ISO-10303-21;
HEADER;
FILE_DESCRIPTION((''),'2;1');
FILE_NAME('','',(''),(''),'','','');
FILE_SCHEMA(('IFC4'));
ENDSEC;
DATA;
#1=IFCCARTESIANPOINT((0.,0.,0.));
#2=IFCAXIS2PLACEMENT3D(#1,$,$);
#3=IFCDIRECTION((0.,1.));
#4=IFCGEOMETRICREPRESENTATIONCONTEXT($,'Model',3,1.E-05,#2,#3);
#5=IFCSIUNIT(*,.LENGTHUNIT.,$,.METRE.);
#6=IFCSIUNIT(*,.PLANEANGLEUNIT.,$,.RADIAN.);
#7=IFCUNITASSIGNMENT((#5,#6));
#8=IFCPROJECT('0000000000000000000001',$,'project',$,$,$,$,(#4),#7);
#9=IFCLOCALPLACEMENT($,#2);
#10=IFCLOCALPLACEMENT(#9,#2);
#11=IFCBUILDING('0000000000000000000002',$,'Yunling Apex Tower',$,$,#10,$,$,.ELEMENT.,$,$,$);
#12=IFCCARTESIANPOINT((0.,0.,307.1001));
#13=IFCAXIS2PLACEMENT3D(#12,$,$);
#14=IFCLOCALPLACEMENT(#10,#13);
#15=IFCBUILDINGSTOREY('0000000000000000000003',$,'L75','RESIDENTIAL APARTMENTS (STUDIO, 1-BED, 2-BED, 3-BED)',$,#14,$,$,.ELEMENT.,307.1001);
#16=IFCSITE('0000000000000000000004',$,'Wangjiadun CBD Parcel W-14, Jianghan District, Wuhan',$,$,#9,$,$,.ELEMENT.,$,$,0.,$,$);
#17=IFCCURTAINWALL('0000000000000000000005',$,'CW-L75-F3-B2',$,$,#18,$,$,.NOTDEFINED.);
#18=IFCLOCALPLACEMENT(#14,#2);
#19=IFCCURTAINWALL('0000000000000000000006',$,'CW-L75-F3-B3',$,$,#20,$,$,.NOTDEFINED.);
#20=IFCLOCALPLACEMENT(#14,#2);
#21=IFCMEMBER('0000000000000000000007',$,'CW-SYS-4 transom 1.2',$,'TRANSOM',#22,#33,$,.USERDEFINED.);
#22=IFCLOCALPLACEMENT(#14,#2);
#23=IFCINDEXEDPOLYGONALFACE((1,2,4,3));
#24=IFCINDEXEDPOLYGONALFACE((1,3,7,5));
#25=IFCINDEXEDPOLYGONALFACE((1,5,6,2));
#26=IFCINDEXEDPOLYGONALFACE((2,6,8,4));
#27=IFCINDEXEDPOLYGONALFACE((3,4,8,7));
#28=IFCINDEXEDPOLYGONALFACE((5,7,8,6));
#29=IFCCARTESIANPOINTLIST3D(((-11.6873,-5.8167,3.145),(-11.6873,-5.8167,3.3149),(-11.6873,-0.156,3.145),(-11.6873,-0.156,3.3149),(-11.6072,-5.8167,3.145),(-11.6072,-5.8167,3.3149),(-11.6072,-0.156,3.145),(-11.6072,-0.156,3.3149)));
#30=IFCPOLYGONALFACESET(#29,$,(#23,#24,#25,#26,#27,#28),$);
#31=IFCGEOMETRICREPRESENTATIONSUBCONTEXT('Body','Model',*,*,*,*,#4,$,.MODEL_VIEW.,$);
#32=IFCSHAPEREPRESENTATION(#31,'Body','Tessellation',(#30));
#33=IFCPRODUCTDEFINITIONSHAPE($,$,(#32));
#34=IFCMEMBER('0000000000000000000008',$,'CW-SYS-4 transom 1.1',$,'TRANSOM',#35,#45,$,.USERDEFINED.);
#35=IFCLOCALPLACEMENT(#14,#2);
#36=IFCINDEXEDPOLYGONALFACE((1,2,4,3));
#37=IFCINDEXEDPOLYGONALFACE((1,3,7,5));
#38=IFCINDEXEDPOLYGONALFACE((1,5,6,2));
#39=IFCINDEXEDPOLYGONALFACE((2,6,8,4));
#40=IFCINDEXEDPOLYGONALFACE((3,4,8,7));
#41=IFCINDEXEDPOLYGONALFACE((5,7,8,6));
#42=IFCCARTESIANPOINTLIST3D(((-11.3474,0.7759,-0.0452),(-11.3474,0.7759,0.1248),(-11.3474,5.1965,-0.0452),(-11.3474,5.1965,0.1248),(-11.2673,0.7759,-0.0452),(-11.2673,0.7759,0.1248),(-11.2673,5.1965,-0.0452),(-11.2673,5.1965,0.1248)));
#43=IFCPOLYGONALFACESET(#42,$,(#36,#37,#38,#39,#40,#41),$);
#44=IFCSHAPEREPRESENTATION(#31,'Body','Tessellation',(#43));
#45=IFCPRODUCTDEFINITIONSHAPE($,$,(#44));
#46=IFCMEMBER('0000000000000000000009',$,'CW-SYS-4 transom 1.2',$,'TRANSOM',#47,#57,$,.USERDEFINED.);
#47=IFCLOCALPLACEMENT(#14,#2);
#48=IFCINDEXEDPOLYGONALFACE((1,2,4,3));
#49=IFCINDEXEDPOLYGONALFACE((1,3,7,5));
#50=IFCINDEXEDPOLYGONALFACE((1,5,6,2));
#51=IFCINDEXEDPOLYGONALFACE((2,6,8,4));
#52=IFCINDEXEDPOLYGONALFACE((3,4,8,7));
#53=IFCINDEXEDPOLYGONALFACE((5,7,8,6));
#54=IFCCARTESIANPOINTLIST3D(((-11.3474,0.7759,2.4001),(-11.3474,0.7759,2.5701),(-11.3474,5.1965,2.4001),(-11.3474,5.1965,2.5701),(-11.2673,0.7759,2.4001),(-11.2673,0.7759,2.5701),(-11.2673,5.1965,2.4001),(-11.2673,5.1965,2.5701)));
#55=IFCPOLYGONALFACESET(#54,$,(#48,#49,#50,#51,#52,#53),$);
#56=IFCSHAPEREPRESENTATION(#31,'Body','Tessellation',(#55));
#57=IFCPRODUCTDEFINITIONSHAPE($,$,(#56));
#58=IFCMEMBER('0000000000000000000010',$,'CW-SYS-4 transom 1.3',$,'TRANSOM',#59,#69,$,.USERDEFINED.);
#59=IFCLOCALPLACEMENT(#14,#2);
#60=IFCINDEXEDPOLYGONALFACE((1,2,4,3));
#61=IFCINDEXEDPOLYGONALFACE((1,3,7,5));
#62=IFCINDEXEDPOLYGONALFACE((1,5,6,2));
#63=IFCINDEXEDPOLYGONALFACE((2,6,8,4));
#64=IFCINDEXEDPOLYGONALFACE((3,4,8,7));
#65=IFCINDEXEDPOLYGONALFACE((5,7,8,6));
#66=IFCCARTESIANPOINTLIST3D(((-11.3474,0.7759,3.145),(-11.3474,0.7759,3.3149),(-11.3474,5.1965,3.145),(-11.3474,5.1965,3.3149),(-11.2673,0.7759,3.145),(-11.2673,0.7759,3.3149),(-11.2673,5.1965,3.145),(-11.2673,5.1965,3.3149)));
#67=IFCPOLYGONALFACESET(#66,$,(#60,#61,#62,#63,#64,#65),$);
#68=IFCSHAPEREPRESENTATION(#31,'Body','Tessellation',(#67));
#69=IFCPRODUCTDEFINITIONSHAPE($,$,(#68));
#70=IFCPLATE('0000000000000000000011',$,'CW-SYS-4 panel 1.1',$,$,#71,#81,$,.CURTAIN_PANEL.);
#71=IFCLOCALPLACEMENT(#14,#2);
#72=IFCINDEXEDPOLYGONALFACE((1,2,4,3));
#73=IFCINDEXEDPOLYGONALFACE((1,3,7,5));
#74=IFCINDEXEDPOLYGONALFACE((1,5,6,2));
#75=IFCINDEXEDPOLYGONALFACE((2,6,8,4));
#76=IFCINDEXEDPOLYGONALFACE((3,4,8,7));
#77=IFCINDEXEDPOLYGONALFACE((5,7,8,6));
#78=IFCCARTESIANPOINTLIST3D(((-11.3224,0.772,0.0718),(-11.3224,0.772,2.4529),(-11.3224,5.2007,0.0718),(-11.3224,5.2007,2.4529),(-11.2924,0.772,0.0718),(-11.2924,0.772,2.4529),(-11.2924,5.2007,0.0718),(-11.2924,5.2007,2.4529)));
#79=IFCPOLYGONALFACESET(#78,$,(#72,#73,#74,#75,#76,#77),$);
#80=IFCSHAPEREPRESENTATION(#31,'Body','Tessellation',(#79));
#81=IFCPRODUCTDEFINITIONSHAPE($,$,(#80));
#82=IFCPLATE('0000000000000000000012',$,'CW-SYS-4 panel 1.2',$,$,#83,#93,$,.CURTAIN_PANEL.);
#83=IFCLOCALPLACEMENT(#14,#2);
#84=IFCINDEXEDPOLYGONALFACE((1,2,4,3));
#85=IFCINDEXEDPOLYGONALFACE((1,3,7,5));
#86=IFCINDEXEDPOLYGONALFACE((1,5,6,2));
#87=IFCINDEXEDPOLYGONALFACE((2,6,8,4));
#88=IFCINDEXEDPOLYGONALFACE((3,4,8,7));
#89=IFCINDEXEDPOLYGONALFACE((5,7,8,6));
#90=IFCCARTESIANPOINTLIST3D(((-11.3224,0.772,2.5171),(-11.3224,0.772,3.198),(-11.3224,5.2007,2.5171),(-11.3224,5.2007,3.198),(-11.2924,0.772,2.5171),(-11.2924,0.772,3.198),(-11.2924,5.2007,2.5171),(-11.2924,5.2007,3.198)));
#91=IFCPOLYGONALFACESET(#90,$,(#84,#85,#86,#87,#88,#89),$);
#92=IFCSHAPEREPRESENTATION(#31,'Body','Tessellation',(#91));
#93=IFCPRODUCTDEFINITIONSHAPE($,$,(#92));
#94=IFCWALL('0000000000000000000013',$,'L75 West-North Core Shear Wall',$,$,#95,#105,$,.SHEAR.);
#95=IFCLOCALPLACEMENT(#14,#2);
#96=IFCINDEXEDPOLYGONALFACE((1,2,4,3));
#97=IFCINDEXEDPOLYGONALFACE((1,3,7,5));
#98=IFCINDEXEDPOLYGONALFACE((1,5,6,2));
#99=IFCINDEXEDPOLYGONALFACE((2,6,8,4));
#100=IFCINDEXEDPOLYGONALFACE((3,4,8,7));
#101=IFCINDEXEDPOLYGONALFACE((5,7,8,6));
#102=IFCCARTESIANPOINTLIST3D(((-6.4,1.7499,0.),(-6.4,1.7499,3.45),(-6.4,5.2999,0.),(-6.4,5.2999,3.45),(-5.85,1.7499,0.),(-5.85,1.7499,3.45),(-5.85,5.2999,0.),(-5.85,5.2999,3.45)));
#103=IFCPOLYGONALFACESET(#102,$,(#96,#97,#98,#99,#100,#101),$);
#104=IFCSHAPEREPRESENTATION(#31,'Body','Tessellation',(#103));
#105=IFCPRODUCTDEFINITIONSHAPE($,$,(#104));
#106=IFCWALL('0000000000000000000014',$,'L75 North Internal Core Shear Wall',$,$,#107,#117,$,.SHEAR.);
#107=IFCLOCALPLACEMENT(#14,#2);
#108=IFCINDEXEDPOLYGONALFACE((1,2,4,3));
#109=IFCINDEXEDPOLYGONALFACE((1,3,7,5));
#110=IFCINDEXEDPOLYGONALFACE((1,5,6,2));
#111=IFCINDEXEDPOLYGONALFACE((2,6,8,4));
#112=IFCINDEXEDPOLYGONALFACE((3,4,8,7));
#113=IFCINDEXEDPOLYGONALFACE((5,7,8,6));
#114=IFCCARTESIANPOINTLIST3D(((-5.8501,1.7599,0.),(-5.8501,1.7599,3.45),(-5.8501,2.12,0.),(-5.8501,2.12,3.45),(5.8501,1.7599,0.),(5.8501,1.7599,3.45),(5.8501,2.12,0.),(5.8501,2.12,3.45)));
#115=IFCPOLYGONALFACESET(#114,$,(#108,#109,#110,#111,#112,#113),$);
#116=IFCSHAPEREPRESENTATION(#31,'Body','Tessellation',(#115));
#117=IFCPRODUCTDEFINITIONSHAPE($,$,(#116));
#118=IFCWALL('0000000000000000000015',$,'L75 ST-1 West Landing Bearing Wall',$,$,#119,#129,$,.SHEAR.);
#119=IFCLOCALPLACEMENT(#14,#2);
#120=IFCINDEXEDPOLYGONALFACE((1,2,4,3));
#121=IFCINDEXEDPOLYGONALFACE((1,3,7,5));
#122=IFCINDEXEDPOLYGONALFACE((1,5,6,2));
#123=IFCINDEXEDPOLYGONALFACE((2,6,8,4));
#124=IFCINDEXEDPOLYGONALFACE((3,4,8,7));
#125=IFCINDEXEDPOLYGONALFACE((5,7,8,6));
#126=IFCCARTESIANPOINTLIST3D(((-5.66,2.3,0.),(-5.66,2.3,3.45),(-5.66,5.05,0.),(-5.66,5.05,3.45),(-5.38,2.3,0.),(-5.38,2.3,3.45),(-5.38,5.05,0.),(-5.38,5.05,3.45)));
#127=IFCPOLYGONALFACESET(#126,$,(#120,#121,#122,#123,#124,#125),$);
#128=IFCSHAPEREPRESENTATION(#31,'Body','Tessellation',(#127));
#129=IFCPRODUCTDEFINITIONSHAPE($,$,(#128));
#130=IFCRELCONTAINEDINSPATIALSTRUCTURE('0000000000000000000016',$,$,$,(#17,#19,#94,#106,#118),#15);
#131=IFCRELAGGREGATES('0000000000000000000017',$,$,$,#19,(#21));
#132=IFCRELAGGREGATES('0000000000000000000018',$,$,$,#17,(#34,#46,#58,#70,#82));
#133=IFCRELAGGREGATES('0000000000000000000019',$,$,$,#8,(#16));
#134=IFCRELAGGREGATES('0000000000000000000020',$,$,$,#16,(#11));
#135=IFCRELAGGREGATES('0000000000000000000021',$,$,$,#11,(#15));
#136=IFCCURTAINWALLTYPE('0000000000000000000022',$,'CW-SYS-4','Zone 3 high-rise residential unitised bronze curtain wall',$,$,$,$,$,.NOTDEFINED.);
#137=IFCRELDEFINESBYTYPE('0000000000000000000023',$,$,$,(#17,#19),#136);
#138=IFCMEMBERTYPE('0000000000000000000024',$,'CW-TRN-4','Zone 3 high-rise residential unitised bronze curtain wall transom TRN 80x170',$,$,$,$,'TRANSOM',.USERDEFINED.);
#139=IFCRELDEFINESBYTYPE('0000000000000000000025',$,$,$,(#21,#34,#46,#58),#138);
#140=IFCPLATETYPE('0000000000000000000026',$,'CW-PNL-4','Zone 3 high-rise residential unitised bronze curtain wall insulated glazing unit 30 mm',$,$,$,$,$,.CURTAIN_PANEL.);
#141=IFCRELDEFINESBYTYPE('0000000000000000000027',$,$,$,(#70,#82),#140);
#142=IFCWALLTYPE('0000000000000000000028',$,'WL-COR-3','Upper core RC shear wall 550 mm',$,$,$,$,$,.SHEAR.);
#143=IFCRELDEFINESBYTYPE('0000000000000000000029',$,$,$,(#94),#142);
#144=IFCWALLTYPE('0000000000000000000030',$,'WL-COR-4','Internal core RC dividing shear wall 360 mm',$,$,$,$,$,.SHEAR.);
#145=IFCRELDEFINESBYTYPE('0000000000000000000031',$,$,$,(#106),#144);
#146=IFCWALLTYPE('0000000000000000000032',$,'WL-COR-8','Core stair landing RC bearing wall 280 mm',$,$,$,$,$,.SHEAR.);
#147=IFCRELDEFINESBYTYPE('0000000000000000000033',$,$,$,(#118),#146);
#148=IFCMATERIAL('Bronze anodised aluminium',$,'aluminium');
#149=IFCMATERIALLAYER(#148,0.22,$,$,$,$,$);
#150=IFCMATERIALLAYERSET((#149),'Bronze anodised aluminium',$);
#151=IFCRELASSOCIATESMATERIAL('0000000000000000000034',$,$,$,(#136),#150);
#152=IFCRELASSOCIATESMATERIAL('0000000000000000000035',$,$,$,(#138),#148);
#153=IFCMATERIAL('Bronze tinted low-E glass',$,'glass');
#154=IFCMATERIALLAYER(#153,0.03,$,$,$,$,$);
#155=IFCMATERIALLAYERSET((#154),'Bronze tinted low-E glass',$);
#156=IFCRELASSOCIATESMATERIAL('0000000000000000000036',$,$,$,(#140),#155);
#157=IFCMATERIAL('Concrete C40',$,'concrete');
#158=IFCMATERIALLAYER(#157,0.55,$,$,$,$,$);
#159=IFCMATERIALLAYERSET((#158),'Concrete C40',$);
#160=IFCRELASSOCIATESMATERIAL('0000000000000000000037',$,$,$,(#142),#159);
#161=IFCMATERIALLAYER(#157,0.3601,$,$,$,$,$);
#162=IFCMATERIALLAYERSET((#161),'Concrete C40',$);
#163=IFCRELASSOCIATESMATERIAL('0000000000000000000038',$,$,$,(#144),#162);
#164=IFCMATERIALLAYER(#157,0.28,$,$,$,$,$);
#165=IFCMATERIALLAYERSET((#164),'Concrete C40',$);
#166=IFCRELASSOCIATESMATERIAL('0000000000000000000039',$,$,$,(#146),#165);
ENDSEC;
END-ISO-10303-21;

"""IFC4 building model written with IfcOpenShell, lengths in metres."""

from ifc_helpers import new_model, si_unit, direction, frame, frame_2d, origin, origin_2d, place, context, subcontext, project, spatial, rectangle, extrude, source, transform, mapped, material, layer, layer_set, material_profile, profile_set, type_object, element, aggregate, save


model = new_model("IFC4")

# Units and contexts
model_context = context("Model", 3, precision=1e-05, world=origin(), true_north=direction((0.0, 1.0)))
body_context = subcontext(model_context, "Body", "Model", "MODEL_VIEW")
ifc_project = project(units=[si_unit("LENGTHUNIT", "METRE"), si_unit("PLANEANGLEUNIT", "RADIAN")], contexts=[model_context])

# Site, building, storey
site_placement = place(None, origin())
site = spatial("IfcSite", under=ifc_project, at=site_placement, Name="Wangjiadun CBD Parcel W-14, Jianghan District, Wuhan", CompositionType="ELEMENT", RefElevation=0.0)
building_placement = place(site_placement, origin())
building = spatial("IfcBuilding", under=site, at=building_placement, Name="Yunling Apex Tower", CompositionType="ELEMENT")
storey_placement = place(building_placement, frame((0.0, 0.0, 307.1001)))
storey = spatial("IfcBuildingStorey", under=building, at=storey_placement, Name="L75", Description="RESIDENTIAL APARTMENTS (STUDIO, 1-BED, 2-BED, 3-BED)", CompositionType="ELEMENT", Elevation=307.1001)

# Curtain wall
ifc_material_1 = material(Name="Bronze anodised aluminium", Category="aluminium")
ifc_layer_1 = layer(ifc_material_1, 0.22)
ifc_layer_set_1 = layer_set([ifc_layer_1], Name="Bronze anodised aluminium")
curtain_wall_type = type_object("IfcCurtainWallType", Name="CW-SYS-4", Description="Zone 3 high-rise residential unitised bronze curtain wall", PredefinedType="NOTDEFINED", material=ifc_layer_set_1)
curtain_wall_1_placement = place(storey_placement, origin())
curtain_wall_1 = element("IfcCurtainWall", 1, at=curtain_wall_1_placement, inside=storey, type_object=curtain_wall_type, Name="CW-L75-F3-B2", PredefinedType="NOTDEFINED")

# Curtain wall, member
curtain_wall_2_placement = place(storey_placement, origin())
curtain_wall_2 = element("IfcCurtainWall", 2, at=curtain_wall_2_placement, inside=storey, type_object=curtain_wall_type, Name="CW-L75-F3-B3", PredefinedType="NOTDEFINED")
ifc_material_profile_1 = material_profile(ifc_material_1, rectangle(XDim=0.0801, YDim=0.1699, at=origin_2d()))
ifc_profile_set_1 = profile_set([ifc_material_profile_1], Name="Bronze anodised aluminium")
member_type_1 = type_object("IfcMemberType", Name="CW-TRN-4", Description="Zone 3 high-rise residential unitised bronze curtain wall transom TRN 80x170", ElementType="TRANSOM", PredefinedType="USERDEFINED", material=ifc_profile_set_1)
shared_shape_1 = source(origin(), body_context, "Body", "SweptSolid", [
    extrude(rectangle(XDim=0.0801, YDim=0.1699, at=origin_2d()), origin(), (0.0, 0.0, 1.0), 5.6606),
])
member_1_placement = place(storey_placement, frame((-11.6472, -0.156, 3.23), z_axis=(0.0, -1.0, 0.0), x_axis=(1.0, 0.0, 0.0)))
member_1 = element("IfcMember", 3, at=member_1_placement, type_object=member_type_1, Name="CW-SYS-4 transom 1.2", ObjectType="TRANSOM", PredefinedType="USERDEFINED", context=body_context, shape_type="MappedRepresentation", body=[
    mapped(shared_shape_1, transform((0.0, 0.0, 0.0), scale=1.0)),
])
aggregate(curtain_wall_2, [member_1])

# Members
shared_shape_2 = source(origin(), body_context, "Body", "SweptSolid", [
    extrude(rectangle(XDim=0.0801, YDim=0.1699, at=origin_2d()), origin(), (0.0, 0.0, 1.0), 4.4207),
])
member_2_placement = place(storey_placement, frame((-11.3074, 5.1965, 0.0398), z_axis=(0.0, -1.0, 0.0), x_axis=(1.0, 0.0, 0.0)))
member_2 = element("IfcMember", 4, at=member_2_placement, type_object=member_type_1, Name="CW-SYS-4 transom 1.1", ObjectType="TRANSOM", PredefinedType="USERDEFINED", context=body_context, shape_type="MappedRepresentation", body=[
    mapped(shared_shape_2, transform((0.0, 0.0, 0.0), scale=1.0)),
])
member_3_placement = place(storey_placement, frame((-11.3074, 5.1965, 2.4851), z_axis=(0.0, -1.0, 0.0), x_axis=(1.0, 0.0, 0.0)))
member_3 = element("IfcMember", 5, at=member_3_placement, type_object=member_type_1, Name="CW-SYS-4 transom 1.2", ObjectType="TRANSOM", PredefinedType="USERDEFINED", context=body_context, shape_type="MappedRepresentation", body=[
    mapped(shared_shape_2, transform((0.0, 0.0, 0.0), scale=1.0)),
])
member_4_placement = place(storey_placement, frame((-11.3074, 5.1965, 3.23), z_axis=(0.0, -1.0, 0.0), x_axis=(1.0, 0.0, 0.0)))
member_4 = element("IfcMember", 6, at=member_4_placement, type_object=member_type_1, Name="CW-SYS-4 transom 1.3", ObjectType="TRANSOM", PredefinedType="USERDEFINED", context=body_context, shape_type="MappedRepresentation", body=[
    mapped(shared_shape_2, transform((0.0, 0.0, 0.0), scale=1.0)),
])

# Plates
ifc_material_2 = material(Name="Bronze tinted low-E glass", Category="glass")
ifc_layer_2 = layer(ifc_material_2, 0.03)
ifc_layer_set_2 = layer_set([ifc_layer_2], Name="Bronze tinted low-E glass")
plate_type = type_object("IfcPlateType", Name="CW-PNL-4", Description="Zone 3 high-rise residential unitised bronze curtain wall insulated glazing unit 30 mm", PredefinedType="CURTAIN_PANEL", material=ifc_layer_set_2)
shared_shape_3 = source(origin(), body_context, "Body", "SweptSolid", [
    extrude(rectangle(XDim=4.4287, YDim=0.03, at=origin_2d()), origin(), (0.0, 0.0, 1.0), 2.3811),
])
plate_1_placement = place(storey_placement, frame((-11.3074, 2.9863, 0.0718), z_axis=(0.0, 0.0, 1.0), x_axis=(0.0, -1.0, 0.0)))
plate_1 = element("IfcPlate", 7, at=plate_1_placement, type_object=plate_type, Name="CW-SYS-4 panel 1.1", PredefinedType="CURTAIN_PANEL", context=body_context, shape_type="MappedRepresentation", body=[
    mapped(shared_shape_3, transform((0.0, 0.0, 0.0), scale=1.0)),
])
shared_shape_4 = source(origin(), body_context, "Body", "SweptSolid", [
    extrude(rectangle(XDim=4.4287, YDim=0.03, at=origin_2d()), origin(), (0.0, 0.0, 1.0), 0.6809),
])
plate_2_placement = place(storey_placement, frame((-11.3074, 2.9863, 2.5171), z_axis=(0.0, 0.0, 1.0), x_axis=(0.0, -1.0, 0.0)))
plate_2 = element("IfcPlate", 8, at=plate_2_placement, type_object=plate_type, Name="CW-SYS-4 panel 1.2", PredefinedType="CURTAIN_PANEL", context=body_context, shape_type="MappedRepresentation", body=[
    mapped(shared_shape_4, transform((0.0, 0.0, 0.0), scale=1.0)),
])
aggregate(curtain_wall_1, [member_2, member_3, member_4, plate_1, plate_2])

# Walls
ifc_material_3 = material(Name="Concrete C40", Category="concrete")
ifc_layer_3 = layer(ifc_material_3, 0.55)
ifc_layer_set_3 = layer_set([ifc_layer_3], Name="Concrete C40")
wall_type_1 = type_object("IfcWallType", Name="WL-COR-3", Description="Upper core RC shear wall 550 mm", PredefinedType="SHEAR", material=ifc_layer_set_3)
wall_1_placement = place(storey_placement, frame((-6.125, 1.75, 0.0), z_axis=(0.0, 0.0, 1.0), x_axis=(0.0, 1.0, 0.0)))
element("IfcWall", 9, at=wall_1_placement, inside=storey, type_object=wall_type_1, Name="L75 West-North Core Shear Wall", PredefinedType="SHEAR", context=body_context, shape_type="SweptSolid", body=[
    extrude(rectangle(XDim=3.55, YDim=0.55, at=frame_2d((1.7749, 0.0))), origin(), (0.0, 0.0, 1.0), 3.45),
])
ifc_layer_4 = layer(ifc_material_3, 0.3601)
ifc_layer_set_4 = layer_set([ifc_layer_4], Name="Concrete C40")
wall_type_2 = type_object("IfcWallType", Name="WL-COR-4", Description="Internal core RC dividing shear wall 360 mm", PredefinedType="SHEAR", material=ifc_layer_set_4)
wall_2_placement = place(storey_placement, frame((-5.8501, 1.9399, 0.0), z_axis=(0.0, 0.0, 1.0), x_axis=(1.0, 0.0, 0.0)))
element("IfcWall", 10, at=wall_2_placement, inside=storey, type_object=wall_type_2, Name="L75 North Internal Core Shear Wall", PredefinedType="SHEAR", context=body_context, shape_type="SweptSolid", body=[
    extrude(rectangle(XDim=11.7002, YDim=0.3601, at=frame_2d((5.8501, 0.0))), origin(), (0.0, 0.0, 1.0), 3.45),
])
ifc_layer_5 = layer(ifc_material_3, 0.28)
ifc_layer_set_5 = layer_set([ifc_layer_5], Name="Concrete C40")
wall_type_3 = type_object("IfcWallType", Name="WL-COR-8", Description="Core stair landing RC bearing wall 280 mm", PredefinedType="SHEAR", material=ifc_layer_set_5)
wall_3_placement = place(storey_placement, frame((-5.52, 2.3, 0.0), z_axis=(0.0, 0.0, 1.0), x_axis=(0.0, 1.0, 0.0)))
element("IfcWall", 11, at=wall_3_placement, inside=storey, type_object=wall_type_3, Name="L75 ST-1 West Landing Bearing Wall", PredefinedType="SHEAR", context=body_context, shape_type="SweptSolid", body=[
    extrude(rectangle(XDim=2.75, YDim=0.28, at=frame_2d((1.375, 0.0))), origin(), (0.0, 0.0, 1.0), 3.45),
])

save(model, "model.ifc")
